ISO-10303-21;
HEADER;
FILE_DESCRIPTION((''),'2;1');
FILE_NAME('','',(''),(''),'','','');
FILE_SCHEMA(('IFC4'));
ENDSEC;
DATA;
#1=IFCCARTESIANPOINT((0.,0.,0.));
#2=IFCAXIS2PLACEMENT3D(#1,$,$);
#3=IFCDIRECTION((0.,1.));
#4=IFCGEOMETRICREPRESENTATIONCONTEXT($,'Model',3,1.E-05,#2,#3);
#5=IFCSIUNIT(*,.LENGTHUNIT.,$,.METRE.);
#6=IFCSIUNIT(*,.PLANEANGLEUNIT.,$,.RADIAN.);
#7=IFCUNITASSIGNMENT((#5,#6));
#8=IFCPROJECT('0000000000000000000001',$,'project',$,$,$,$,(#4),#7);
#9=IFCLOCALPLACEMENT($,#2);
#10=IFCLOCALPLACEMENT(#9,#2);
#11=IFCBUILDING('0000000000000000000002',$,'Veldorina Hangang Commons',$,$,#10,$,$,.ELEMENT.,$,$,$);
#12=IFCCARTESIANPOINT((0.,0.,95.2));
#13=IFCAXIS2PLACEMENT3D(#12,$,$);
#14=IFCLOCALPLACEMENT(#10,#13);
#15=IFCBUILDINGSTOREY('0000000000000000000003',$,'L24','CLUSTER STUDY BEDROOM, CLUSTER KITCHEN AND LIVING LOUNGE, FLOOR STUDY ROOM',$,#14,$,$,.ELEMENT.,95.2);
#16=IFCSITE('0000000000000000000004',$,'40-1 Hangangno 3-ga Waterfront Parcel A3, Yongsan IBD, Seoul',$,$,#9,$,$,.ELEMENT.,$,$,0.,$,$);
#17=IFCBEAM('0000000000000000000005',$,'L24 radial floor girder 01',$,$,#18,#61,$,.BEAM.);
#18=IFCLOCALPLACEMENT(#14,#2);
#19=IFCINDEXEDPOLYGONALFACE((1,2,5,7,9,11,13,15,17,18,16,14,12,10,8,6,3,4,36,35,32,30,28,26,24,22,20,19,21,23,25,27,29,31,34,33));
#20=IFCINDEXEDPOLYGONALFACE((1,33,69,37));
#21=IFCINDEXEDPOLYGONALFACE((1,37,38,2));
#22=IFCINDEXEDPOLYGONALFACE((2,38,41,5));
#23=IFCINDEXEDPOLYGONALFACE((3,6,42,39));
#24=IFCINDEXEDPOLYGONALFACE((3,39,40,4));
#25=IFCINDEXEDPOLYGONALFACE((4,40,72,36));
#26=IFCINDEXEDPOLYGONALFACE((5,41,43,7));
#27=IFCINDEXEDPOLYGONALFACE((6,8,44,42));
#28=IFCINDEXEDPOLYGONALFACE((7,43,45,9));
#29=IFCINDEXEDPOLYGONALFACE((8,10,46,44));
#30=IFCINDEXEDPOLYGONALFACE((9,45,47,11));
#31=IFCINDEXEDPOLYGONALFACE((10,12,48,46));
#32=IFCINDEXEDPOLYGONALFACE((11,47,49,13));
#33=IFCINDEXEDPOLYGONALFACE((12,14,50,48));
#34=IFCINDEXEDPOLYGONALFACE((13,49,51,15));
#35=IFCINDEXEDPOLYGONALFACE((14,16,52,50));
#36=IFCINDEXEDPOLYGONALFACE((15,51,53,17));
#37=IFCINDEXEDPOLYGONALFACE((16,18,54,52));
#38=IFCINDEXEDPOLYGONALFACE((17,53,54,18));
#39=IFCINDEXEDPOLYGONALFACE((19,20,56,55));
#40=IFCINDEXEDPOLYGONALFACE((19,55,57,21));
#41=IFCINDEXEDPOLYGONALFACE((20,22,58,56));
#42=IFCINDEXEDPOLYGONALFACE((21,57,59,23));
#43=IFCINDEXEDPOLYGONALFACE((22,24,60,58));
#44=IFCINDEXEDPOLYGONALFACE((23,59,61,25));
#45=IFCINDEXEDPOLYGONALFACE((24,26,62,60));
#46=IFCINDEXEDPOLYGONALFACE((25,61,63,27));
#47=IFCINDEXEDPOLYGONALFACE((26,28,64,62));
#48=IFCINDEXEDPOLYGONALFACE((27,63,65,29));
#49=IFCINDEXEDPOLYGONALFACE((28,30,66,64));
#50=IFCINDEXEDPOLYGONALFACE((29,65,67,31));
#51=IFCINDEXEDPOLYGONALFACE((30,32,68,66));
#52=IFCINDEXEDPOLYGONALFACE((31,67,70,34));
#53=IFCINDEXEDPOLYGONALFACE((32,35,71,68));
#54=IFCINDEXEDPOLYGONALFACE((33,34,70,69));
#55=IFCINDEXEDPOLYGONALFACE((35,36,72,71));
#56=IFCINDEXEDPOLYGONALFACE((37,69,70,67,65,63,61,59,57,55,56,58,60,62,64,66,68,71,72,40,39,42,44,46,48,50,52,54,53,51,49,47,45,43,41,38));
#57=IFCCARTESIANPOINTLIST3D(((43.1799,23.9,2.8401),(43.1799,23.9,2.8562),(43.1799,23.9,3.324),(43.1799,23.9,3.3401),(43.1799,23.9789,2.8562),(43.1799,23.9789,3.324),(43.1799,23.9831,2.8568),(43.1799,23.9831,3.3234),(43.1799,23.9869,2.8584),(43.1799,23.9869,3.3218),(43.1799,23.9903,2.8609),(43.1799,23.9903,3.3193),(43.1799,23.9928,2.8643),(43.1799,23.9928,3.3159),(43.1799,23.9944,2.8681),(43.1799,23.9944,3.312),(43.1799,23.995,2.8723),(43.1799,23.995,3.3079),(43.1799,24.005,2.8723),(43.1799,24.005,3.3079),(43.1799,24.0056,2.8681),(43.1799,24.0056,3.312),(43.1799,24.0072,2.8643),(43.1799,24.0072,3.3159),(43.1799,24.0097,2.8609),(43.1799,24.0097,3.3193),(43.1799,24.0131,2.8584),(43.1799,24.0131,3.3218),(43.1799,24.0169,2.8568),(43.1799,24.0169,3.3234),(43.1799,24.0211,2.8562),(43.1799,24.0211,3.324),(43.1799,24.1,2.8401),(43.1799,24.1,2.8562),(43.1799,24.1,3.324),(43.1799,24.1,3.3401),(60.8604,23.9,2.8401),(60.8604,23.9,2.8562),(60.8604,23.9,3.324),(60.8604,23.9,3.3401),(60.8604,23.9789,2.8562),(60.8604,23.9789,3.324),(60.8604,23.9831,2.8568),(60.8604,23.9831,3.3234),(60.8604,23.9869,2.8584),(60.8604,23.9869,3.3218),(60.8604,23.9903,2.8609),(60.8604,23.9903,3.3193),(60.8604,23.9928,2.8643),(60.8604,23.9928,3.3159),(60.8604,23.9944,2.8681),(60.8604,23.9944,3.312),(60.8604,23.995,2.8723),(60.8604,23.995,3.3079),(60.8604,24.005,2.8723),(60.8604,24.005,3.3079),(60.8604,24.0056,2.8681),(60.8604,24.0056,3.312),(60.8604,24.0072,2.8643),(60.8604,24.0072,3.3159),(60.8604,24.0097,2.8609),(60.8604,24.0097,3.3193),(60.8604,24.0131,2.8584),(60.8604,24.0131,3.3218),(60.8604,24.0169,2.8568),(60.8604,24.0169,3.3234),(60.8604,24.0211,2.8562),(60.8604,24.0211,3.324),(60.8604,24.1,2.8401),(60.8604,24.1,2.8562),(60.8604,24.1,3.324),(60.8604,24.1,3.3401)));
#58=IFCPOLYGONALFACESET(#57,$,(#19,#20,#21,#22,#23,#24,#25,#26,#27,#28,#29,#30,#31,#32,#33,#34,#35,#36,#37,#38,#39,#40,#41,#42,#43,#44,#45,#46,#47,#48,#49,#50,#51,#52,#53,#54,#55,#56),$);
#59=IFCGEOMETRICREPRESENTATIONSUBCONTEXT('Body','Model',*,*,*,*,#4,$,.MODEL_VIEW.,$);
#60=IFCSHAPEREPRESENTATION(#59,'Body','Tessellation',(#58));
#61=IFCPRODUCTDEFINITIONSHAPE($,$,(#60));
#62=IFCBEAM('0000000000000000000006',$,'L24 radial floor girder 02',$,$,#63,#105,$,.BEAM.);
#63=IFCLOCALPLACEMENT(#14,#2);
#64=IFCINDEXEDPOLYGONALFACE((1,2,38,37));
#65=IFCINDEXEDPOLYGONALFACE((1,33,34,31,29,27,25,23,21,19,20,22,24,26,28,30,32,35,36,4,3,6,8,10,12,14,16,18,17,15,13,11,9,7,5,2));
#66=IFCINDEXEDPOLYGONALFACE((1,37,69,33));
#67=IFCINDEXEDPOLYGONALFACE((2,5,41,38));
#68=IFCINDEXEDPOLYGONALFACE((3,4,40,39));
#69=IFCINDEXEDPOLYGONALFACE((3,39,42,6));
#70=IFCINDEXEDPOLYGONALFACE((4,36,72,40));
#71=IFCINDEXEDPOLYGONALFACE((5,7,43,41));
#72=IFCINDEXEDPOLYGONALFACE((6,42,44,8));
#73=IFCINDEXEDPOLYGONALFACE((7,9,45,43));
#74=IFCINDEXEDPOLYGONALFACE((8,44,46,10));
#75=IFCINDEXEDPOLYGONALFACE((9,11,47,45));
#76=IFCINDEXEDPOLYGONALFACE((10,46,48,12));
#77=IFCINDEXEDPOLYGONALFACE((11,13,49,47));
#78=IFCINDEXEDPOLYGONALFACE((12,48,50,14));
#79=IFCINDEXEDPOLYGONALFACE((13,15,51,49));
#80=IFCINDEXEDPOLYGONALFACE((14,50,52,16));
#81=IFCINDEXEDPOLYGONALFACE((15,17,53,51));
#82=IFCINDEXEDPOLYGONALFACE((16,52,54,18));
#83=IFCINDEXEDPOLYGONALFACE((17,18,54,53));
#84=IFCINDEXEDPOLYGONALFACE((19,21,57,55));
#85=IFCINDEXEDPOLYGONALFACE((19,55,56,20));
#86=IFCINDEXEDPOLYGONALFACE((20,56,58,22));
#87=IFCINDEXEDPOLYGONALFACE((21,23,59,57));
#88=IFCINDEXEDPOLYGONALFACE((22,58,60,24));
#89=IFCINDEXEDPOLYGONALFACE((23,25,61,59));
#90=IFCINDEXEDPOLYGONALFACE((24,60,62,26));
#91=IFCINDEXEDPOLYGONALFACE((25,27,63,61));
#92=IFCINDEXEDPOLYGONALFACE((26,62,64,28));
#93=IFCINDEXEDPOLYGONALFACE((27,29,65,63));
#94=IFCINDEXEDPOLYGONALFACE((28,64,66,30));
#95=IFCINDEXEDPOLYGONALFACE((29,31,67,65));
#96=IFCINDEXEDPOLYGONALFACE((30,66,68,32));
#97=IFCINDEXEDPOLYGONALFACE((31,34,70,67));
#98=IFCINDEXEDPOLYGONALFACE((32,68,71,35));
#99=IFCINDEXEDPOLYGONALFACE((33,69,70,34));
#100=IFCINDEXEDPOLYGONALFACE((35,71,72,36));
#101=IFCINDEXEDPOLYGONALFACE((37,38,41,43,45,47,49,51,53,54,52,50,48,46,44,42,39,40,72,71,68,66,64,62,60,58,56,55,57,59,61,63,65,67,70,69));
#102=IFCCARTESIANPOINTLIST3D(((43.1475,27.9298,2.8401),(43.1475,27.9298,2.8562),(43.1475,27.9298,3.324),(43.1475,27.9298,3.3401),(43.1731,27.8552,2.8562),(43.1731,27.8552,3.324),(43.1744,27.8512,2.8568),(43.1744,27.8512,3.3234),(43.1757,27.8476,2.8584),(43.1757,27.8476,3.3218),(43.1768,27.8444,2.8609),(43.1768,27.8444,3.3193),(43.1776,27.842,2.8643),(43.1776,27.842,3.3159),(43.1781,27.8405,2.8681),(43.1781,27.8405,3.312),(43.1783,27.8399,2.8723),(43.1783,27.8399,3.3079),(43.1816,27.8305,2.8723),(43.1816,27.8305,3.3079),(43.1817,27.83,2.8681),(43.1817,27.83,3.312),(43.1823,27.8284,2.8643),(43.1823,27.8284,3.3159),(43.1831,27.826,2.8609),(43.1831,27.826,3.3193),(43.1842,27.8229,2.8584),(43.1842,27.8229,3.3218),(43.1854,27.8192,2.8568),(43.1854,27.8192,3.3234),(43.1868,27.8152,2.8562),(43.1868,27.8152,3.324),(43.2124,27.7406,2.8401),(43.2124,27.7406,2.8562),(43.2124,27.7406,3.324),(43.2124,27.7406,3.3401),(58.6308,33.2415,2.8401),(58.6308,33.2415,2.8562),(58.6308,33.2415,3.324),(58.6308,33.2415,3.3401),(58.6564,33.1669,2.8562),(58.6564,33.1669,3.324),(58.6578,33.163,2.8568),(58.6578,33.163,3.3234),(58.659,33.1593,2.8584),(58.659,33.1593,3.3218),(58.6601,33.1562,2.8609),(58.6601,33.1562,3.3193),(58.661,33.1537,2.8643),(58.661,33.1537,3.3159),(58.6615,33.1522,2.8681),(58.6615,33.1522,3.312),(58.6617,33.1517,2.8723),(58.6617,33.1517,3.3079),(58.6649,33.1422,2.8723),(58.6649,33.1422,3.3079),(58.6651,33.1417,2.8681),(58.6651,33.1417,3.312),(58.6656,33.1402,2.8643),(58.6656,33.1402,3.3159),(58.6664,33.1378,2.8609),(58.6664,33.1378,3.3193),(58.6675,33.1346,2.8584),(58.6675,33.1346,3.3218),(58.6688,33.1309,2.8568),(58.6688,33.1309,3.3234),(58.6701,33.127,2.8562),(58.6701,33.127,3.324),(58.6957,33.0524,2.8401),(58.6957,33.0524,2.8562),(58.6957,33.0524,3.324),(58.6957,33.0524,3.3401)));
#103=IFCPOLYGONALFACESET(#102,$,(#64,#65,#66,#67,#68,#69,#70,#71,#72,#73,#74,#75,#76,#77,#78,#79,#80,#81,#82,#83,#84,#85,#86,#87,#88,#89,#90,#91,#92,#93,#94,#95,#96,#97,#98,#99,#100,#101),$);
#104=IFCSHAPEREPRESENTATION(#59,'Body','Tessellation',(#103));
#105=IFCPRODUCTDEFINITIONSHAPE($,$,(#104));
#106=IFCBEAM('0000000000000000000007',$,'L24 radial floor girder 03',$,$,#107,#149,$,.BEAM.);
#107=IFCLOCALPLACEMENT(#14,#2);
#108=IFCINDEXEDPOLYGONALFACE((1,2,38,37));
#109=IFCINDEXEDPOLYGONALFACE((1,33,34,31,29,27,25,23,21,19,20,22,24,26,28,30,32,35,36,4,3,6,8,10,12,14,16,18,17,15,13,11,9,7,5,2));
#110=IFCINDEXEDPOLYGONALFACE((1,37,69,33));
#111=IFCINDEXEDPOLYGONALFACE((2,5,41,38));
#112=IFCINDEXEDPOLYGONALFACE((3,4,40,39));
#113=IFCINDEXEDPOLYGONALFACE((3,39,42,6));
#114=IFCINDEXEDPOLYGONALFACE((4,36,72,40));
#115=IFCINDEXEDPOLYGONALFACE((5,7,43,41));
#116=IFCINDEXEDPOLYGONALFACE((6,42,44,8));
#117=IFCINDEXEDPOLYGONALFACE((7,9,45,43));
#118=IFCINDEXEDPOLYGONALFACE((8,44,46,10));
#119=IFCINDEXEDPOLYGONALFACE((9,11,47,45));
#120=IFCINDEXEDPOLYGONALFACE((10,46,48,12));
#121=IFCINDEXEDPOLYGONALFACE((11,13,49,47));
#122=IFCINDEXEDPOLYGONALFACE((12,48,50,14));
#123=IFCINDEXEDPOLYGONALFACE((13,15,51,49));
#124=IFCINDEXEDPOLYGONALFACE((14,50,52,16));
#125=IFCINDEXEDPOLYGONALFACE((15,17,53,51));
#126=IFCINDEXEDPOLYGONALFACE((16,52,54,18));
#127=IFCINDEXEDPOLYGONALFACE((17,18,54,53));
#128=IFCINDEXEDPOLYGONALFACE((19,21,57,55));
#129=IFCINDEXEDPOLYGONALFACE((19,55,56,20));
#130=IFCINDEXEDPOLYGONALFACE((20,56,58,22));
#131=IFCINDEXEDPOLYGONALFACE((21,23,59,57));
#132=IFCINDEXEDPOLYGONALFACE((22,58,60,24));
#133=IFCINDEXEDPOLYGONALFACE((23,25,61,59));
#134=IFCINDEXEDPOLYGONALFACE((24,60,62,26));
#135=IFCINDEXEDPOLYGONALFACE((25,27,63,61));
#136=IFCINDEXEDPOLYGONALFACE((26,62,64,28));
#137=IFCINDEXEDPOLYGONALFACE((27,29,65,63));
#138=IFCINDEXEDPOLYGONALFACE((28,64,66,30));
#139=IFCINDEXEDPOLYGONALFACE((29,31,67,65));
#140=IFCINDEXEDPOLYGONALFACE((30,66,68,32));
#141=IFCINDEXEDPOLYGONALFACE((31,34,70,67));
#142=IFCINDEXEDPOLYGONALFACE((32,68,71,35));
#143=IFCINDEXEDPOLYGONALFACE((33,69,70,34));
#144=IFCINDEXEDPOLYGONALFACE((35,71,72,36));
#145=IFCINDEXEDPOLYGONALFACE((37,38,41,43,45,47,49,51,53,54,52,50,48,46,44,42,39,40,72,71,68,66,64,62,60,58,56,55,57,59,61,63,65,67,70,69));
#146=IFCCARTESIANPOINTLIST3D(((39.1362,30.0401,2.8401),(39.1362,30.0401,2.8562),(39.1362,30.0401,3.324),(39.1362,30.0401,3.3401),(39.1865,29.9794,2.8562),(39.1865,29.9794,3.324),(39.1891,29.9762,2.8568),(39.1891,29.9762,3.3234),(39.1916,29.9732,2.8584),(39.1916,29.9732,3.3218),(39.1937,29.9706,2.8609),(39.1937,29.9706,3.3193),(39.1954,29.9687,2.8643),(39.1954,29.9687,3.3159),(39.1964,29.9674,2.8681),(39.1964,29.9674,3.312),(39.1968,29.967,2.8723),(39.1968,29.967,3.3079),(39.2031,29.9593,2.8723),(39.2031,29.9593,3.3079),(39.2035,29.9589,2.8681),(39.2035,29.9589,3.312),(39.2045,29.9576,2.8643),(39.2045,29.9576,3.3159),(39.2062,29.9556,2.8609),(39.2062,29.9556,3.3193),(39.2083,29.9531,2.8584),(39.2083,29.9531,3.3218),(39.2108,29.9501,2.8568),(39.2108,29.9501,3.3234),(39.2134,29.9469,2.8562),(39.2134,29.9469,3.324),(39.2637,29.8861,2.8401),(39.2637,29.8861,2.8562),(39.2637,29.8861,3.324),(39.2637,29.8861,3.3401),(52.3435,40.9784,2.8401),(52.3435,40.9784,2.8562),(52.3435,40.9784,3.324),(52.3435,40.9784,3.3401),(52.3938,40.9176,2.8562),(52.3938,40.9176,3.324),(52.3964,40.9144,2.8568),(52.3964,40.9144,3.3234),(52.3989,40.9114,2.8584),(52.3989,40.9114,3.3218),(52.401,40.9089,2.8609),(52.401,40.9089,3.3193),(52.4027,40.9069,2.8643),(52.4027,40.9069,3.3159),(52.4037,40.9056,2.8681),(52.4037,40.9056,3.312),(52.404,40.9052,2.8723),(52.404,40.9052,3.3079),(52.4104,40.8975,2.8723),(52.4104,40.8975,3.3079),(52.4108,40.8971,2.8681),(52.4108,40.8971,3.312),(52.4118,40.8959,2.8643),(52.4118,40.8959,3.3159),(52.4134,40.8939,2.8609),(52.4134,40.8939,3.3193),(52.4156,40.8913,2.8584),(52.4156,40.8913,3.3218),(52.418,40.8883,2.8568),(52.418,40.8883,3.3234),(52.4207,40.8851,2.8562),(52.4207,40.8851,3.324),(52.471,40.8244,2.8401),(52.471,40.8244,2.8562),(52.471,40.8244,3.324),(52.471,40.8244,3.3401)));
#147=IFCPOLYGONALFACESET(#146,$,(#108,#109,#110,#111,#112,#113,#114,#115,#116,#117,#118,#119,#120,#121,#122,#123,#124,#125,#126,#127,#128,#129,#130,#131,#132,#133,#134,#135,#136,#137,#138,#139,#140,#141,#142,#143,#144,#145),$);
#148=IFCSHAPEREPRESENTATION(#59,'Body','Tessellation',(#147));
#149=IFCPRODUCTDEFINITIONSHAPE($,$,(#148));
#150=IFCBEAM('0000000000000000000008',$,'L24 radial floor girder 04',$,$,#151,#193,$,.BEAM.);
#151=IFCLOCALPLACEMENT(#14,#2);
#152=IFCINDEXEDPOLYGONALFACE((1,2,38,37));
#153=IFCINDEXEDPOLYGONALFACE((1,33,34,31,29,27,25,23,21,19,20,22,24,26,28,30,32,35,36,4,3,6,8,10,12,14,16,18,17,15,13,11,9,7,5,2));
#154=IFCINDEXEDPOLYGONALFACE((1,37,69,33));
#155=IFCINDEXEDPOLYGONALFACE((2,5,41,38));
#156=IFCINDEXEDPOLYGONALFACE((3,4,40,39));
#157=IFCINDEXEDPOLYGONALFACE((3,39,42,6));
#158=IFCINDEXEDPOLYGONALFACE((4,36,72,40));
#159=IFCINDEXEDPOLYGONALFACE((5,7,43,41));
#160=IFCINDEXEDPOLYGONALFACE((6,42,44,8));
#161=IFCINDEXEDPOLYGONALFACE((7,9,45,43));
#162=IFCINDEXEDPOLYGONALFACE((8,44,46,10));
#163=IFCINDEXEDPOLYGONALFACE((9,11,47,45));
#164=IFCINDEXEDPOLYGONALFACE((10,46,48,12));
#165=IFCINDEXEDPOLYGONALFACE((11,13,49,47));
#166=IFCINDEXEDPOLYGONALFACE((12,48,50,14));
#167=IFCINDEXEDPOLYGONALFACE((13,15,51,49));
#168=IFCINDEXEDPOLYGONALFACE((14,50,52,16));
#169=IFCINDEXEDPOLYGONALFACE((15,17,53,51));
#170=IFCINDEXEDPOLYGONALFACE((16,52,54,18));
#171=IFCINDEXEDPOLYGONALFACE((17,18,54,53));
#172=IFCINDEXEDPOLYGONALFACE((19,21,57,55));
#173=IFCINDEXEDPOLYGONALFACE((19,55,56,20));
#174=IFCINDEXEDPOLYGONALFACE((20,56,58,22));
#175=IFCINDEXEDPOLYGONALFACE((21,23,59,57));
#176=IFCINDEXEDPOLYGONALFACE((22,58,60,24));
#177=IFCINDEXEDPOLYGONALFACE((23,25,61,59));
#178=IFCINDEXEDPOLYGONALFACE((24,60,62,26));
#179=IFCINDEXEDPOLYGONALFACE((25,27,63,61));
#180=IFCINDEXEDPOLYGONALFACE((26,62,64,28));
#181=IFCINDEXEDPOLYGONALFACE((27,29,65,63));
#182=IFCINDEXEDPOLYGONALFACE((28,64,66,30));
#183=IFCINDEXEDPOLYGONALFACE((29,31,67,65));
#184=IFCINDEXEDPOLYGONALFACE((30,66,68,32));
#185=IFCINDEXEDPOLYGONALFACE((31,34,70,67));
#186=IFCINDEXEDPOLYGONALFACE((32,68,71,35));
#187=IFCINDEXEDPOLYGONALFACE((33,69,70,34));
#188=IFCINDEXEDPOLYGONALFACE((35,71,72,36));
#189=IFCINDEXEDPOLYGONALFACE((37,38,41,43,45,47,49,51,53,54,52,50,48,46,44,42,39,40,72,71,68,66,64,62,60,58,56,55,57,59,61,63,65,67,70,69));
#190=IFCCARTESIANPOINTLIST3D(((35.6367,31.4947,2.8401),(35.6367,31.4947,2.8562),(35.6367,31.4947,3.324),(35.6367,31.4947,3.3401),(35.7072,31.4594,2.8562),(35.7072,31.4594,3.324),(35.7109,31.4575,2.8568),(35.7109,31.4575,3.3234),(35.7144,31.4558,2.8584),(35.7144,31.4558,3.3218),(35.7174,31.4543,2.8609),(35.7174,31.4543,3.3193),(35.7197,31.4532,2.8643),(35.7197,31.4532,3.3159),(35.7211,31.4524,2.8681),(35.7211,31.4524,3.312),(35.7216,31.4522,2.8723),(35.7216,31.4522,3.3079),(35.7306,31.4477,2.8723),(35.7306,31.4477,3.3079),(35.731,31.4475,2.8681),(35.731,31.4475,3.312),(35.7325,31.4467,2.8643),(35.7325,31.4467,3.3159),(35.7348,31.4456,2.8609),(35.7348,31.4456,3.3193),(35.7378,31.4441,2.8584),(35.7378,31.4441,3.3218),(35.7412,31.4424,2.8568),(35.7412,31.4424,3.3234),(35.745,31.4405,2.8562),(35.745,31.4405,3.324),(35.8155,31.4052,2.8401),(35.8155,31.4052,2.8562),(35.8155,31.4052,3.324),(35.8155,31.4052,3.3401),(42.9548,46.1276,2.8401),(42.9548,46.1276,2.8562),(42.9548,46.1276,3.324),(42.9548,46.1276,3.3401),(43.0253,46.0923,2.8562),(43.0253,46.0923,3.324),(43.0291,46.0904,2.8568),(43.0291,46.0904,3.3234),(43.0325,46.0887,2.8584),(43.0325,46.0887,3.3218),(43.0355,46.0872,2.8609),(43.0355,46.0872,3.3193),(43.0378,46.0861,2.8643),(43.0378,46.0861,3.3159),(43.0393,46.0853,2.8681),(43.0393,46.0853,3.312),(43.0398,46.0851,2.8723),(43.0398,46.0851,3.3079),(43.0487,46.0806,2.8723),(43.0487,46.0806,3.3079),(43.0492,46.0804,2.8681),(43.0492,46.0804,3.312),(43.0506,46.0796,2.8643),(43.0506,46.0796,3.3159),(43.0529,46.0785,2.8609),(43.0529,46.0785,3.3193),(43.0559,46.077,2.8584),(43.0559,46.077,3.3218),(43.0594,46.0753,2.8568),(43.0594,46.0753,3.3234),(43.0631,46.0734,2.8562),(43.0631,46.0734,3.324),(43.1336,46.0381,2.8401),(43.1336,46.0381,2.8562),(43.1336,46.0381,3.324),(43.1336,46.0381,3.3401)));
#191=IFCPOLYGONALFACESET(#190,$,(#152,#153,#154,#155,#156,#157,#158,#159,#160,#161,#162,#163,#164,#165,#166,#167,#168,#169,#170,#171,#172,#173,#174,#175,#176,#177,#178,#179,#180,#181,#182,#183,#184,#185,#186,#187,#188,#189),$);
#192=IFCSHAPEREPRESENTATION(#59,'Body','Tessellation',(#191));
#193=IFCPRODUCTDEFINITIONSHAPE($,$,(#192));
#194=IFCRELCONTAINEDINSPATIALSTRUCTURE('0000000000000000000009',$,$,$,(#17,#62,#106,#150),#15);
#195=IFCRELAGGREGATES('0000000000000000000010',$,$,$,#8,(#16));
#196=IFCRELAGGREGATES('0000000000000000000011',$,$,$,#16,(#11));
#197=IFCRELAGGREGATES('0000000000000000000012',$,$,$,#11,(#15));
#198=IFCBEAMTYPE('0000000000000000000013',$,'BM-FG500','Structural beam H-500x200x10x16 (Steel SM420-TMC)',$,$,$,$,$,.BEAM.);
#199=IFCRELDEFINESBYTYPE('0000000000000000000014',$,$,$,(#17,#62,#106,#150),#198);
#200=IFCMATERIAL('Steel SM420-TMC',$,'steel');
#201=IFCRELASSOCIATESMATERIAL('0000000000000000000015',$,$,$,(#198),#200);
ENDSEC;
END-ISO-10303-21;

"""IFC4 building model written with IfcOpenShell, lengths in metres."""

from ifc_helpers import new_model, si_unit, direction, frame, origin, origin_2d, place, context, subcontext, project, spatial, i_section, extrude, material, material_profile, profile_set, type_object, element, save


model = new_model("IFC4")

# Units and contexts
model_context = context("Model", 3, precision=1e-05, world=origin(), true_north=direction((0.0, 1.0)))
body_context = subcontext(model_context, "Body", "Model", "MODEL_VIEW")
ifc_project = project(units=[si_unit("LENGTHUNIT", "METRE"), si_unit("PLANEANGLEUNIT", "RADIAN")], contexts=[model_context])

# Site, building, storey
site_placement = place(None, origin())
site = spatial("IfcSite", under=ifc_project, at=site_placement, Name="40-1 Hangangno 3-ga Waterfront Parcel A3, Yongsan IBD, Seoul", CompositionType="ELEMENT", RefElevation=0.0)
building_placement = place(site_placement, origin())
building = spatial("IfcBuilding", under=site, at=building_placement, Name="Veldorina Hangang Commons", CompositionType="ELEMENT")
storey_placement = place(building_placement, frame((0.0, 0.0, 95.2)))
storey = spatial("IfcBuildingStorey", under=building, at=storey_placement, Name="L24", Description="CLUSTER STUDY BEDROOM, CLUSTER KITCHEN AND LIVING LOUNGE, FLOOR STUDY ROOM", CompositionType="ELEMENT", Elevation=95.2)

# Beams
ifc_material_1 = material(Name="Steel SM420-TMC", Category="steel")
ifc_material_profile = material_profile(ifc_material_1, i_section(OverallWidth=0.2, OverallDepth=0.5, WebThickness=0.01, FlangeThickness=0.0161, FilletRadius=0.0161, at=origin_2d()), Name="H-500x200x10x16")
ifc_profile_set = profile_set([ifc_material_profile], Name="Steel SM420-TMC")
beam_type = type_object("IfcBeamType", Name="BM-FG500", Description="Structural beam H-500x200x10x16 (Steel SM420-TMC)", PredefinedType="BEAM", material=ifc_profile_set)
beam_1_placement = place(storey_placement, frame((43.1799, 24.0, 3.0901), z_axis=(1.0, 0.0, 0.0), x_axis=(0.0, 1.0, 0.0)))
element("IfcBeam", 1, at=beam_1_placement, inside=storey, type_object=beam_type, Name="L24 radial floor girder 01", PredefinedType="BEAM", context=body_context, shape_type="SweptSolid", body=[
    extrude(i_section(OverallWidth=0.2, OverallDepth=0.5, WebThickness=0.01, FlangeThickness=0.0161, FilletRadius=0.0161, at=origin_2d()), origin(), (0.0, 0.0, 1.0), 17.6804),
])
beam_2_placement = place(storey_placement, frame((43.1799, 27.8352, 3.0901), z_axis=(0.945886, 0.324498, 0.0), x_axis=(-0.324498, 0.945886, 0.0)))
element("IfcBeam", 2, at=beam_2_placement, inside=storey, type_object=beam_type, Name="L24 radial floor girder 02", PredefinedType="BEAM", context=body_context, shape_type="SweptSolid", body=[
    extrude(i_section(OverallWidth=0.2, OverallDepth=0.5, WebThickness=0.01, FlangeThickness=0.0161, FilletRadius=0.0161, at=origin_2d()), origin(), (0.0, 0.0, 1.0), 16.3691),
])
beam_3_placement = place(storey_placement, frame((39.2, 29.9631, 3.0901), z_axis=(0.770163, 0.637847, 0.0), x_axis=(-0.637847, 0.770163, 0.0)))
element("IfcBeam", 3, at=beam_3_placement, inside=storey, type_object=beam_type, Name="L24 radial floor girder 03", PredefinedType="BEAM", context=body_context, shape_type="SweptSolid", body=[
    extrude(i_section(OverallWidth=0.2, OverallDepth=0.5, WebThickness=0.01, FlangeThickness=0.0161, FilletRadius=0.0161, at=origin_2d()), origin(), (0.0, 0.0, 1.0), 17.1487),
])
beam_4_placement = place(storey_placement, frame((35.7261, 31.45, 3.0901), z_axis=(0.447297, 0.894385, 0.0), x_axis=(-0.894385, 0.447297, 0.0)))
element("IfcBeam", 4, at=beam_4_placement, inside=storey, type_object=beam_type, Name="L24 radial floor girder 04", PredefinedType="BEAM", context=body_context, shape_type="SweptSolid", body=[
    extrude(i_section(OverallWidth=0.2, OverallDepth=0.5, WebThickness=0.01, FlangeThickness=0.0161, FilletRadius=0.0161, at=origin_2d()), origin(), (0.0, 0.0, 1.0), 16.3608),
])

save(model, "model.ifc")
